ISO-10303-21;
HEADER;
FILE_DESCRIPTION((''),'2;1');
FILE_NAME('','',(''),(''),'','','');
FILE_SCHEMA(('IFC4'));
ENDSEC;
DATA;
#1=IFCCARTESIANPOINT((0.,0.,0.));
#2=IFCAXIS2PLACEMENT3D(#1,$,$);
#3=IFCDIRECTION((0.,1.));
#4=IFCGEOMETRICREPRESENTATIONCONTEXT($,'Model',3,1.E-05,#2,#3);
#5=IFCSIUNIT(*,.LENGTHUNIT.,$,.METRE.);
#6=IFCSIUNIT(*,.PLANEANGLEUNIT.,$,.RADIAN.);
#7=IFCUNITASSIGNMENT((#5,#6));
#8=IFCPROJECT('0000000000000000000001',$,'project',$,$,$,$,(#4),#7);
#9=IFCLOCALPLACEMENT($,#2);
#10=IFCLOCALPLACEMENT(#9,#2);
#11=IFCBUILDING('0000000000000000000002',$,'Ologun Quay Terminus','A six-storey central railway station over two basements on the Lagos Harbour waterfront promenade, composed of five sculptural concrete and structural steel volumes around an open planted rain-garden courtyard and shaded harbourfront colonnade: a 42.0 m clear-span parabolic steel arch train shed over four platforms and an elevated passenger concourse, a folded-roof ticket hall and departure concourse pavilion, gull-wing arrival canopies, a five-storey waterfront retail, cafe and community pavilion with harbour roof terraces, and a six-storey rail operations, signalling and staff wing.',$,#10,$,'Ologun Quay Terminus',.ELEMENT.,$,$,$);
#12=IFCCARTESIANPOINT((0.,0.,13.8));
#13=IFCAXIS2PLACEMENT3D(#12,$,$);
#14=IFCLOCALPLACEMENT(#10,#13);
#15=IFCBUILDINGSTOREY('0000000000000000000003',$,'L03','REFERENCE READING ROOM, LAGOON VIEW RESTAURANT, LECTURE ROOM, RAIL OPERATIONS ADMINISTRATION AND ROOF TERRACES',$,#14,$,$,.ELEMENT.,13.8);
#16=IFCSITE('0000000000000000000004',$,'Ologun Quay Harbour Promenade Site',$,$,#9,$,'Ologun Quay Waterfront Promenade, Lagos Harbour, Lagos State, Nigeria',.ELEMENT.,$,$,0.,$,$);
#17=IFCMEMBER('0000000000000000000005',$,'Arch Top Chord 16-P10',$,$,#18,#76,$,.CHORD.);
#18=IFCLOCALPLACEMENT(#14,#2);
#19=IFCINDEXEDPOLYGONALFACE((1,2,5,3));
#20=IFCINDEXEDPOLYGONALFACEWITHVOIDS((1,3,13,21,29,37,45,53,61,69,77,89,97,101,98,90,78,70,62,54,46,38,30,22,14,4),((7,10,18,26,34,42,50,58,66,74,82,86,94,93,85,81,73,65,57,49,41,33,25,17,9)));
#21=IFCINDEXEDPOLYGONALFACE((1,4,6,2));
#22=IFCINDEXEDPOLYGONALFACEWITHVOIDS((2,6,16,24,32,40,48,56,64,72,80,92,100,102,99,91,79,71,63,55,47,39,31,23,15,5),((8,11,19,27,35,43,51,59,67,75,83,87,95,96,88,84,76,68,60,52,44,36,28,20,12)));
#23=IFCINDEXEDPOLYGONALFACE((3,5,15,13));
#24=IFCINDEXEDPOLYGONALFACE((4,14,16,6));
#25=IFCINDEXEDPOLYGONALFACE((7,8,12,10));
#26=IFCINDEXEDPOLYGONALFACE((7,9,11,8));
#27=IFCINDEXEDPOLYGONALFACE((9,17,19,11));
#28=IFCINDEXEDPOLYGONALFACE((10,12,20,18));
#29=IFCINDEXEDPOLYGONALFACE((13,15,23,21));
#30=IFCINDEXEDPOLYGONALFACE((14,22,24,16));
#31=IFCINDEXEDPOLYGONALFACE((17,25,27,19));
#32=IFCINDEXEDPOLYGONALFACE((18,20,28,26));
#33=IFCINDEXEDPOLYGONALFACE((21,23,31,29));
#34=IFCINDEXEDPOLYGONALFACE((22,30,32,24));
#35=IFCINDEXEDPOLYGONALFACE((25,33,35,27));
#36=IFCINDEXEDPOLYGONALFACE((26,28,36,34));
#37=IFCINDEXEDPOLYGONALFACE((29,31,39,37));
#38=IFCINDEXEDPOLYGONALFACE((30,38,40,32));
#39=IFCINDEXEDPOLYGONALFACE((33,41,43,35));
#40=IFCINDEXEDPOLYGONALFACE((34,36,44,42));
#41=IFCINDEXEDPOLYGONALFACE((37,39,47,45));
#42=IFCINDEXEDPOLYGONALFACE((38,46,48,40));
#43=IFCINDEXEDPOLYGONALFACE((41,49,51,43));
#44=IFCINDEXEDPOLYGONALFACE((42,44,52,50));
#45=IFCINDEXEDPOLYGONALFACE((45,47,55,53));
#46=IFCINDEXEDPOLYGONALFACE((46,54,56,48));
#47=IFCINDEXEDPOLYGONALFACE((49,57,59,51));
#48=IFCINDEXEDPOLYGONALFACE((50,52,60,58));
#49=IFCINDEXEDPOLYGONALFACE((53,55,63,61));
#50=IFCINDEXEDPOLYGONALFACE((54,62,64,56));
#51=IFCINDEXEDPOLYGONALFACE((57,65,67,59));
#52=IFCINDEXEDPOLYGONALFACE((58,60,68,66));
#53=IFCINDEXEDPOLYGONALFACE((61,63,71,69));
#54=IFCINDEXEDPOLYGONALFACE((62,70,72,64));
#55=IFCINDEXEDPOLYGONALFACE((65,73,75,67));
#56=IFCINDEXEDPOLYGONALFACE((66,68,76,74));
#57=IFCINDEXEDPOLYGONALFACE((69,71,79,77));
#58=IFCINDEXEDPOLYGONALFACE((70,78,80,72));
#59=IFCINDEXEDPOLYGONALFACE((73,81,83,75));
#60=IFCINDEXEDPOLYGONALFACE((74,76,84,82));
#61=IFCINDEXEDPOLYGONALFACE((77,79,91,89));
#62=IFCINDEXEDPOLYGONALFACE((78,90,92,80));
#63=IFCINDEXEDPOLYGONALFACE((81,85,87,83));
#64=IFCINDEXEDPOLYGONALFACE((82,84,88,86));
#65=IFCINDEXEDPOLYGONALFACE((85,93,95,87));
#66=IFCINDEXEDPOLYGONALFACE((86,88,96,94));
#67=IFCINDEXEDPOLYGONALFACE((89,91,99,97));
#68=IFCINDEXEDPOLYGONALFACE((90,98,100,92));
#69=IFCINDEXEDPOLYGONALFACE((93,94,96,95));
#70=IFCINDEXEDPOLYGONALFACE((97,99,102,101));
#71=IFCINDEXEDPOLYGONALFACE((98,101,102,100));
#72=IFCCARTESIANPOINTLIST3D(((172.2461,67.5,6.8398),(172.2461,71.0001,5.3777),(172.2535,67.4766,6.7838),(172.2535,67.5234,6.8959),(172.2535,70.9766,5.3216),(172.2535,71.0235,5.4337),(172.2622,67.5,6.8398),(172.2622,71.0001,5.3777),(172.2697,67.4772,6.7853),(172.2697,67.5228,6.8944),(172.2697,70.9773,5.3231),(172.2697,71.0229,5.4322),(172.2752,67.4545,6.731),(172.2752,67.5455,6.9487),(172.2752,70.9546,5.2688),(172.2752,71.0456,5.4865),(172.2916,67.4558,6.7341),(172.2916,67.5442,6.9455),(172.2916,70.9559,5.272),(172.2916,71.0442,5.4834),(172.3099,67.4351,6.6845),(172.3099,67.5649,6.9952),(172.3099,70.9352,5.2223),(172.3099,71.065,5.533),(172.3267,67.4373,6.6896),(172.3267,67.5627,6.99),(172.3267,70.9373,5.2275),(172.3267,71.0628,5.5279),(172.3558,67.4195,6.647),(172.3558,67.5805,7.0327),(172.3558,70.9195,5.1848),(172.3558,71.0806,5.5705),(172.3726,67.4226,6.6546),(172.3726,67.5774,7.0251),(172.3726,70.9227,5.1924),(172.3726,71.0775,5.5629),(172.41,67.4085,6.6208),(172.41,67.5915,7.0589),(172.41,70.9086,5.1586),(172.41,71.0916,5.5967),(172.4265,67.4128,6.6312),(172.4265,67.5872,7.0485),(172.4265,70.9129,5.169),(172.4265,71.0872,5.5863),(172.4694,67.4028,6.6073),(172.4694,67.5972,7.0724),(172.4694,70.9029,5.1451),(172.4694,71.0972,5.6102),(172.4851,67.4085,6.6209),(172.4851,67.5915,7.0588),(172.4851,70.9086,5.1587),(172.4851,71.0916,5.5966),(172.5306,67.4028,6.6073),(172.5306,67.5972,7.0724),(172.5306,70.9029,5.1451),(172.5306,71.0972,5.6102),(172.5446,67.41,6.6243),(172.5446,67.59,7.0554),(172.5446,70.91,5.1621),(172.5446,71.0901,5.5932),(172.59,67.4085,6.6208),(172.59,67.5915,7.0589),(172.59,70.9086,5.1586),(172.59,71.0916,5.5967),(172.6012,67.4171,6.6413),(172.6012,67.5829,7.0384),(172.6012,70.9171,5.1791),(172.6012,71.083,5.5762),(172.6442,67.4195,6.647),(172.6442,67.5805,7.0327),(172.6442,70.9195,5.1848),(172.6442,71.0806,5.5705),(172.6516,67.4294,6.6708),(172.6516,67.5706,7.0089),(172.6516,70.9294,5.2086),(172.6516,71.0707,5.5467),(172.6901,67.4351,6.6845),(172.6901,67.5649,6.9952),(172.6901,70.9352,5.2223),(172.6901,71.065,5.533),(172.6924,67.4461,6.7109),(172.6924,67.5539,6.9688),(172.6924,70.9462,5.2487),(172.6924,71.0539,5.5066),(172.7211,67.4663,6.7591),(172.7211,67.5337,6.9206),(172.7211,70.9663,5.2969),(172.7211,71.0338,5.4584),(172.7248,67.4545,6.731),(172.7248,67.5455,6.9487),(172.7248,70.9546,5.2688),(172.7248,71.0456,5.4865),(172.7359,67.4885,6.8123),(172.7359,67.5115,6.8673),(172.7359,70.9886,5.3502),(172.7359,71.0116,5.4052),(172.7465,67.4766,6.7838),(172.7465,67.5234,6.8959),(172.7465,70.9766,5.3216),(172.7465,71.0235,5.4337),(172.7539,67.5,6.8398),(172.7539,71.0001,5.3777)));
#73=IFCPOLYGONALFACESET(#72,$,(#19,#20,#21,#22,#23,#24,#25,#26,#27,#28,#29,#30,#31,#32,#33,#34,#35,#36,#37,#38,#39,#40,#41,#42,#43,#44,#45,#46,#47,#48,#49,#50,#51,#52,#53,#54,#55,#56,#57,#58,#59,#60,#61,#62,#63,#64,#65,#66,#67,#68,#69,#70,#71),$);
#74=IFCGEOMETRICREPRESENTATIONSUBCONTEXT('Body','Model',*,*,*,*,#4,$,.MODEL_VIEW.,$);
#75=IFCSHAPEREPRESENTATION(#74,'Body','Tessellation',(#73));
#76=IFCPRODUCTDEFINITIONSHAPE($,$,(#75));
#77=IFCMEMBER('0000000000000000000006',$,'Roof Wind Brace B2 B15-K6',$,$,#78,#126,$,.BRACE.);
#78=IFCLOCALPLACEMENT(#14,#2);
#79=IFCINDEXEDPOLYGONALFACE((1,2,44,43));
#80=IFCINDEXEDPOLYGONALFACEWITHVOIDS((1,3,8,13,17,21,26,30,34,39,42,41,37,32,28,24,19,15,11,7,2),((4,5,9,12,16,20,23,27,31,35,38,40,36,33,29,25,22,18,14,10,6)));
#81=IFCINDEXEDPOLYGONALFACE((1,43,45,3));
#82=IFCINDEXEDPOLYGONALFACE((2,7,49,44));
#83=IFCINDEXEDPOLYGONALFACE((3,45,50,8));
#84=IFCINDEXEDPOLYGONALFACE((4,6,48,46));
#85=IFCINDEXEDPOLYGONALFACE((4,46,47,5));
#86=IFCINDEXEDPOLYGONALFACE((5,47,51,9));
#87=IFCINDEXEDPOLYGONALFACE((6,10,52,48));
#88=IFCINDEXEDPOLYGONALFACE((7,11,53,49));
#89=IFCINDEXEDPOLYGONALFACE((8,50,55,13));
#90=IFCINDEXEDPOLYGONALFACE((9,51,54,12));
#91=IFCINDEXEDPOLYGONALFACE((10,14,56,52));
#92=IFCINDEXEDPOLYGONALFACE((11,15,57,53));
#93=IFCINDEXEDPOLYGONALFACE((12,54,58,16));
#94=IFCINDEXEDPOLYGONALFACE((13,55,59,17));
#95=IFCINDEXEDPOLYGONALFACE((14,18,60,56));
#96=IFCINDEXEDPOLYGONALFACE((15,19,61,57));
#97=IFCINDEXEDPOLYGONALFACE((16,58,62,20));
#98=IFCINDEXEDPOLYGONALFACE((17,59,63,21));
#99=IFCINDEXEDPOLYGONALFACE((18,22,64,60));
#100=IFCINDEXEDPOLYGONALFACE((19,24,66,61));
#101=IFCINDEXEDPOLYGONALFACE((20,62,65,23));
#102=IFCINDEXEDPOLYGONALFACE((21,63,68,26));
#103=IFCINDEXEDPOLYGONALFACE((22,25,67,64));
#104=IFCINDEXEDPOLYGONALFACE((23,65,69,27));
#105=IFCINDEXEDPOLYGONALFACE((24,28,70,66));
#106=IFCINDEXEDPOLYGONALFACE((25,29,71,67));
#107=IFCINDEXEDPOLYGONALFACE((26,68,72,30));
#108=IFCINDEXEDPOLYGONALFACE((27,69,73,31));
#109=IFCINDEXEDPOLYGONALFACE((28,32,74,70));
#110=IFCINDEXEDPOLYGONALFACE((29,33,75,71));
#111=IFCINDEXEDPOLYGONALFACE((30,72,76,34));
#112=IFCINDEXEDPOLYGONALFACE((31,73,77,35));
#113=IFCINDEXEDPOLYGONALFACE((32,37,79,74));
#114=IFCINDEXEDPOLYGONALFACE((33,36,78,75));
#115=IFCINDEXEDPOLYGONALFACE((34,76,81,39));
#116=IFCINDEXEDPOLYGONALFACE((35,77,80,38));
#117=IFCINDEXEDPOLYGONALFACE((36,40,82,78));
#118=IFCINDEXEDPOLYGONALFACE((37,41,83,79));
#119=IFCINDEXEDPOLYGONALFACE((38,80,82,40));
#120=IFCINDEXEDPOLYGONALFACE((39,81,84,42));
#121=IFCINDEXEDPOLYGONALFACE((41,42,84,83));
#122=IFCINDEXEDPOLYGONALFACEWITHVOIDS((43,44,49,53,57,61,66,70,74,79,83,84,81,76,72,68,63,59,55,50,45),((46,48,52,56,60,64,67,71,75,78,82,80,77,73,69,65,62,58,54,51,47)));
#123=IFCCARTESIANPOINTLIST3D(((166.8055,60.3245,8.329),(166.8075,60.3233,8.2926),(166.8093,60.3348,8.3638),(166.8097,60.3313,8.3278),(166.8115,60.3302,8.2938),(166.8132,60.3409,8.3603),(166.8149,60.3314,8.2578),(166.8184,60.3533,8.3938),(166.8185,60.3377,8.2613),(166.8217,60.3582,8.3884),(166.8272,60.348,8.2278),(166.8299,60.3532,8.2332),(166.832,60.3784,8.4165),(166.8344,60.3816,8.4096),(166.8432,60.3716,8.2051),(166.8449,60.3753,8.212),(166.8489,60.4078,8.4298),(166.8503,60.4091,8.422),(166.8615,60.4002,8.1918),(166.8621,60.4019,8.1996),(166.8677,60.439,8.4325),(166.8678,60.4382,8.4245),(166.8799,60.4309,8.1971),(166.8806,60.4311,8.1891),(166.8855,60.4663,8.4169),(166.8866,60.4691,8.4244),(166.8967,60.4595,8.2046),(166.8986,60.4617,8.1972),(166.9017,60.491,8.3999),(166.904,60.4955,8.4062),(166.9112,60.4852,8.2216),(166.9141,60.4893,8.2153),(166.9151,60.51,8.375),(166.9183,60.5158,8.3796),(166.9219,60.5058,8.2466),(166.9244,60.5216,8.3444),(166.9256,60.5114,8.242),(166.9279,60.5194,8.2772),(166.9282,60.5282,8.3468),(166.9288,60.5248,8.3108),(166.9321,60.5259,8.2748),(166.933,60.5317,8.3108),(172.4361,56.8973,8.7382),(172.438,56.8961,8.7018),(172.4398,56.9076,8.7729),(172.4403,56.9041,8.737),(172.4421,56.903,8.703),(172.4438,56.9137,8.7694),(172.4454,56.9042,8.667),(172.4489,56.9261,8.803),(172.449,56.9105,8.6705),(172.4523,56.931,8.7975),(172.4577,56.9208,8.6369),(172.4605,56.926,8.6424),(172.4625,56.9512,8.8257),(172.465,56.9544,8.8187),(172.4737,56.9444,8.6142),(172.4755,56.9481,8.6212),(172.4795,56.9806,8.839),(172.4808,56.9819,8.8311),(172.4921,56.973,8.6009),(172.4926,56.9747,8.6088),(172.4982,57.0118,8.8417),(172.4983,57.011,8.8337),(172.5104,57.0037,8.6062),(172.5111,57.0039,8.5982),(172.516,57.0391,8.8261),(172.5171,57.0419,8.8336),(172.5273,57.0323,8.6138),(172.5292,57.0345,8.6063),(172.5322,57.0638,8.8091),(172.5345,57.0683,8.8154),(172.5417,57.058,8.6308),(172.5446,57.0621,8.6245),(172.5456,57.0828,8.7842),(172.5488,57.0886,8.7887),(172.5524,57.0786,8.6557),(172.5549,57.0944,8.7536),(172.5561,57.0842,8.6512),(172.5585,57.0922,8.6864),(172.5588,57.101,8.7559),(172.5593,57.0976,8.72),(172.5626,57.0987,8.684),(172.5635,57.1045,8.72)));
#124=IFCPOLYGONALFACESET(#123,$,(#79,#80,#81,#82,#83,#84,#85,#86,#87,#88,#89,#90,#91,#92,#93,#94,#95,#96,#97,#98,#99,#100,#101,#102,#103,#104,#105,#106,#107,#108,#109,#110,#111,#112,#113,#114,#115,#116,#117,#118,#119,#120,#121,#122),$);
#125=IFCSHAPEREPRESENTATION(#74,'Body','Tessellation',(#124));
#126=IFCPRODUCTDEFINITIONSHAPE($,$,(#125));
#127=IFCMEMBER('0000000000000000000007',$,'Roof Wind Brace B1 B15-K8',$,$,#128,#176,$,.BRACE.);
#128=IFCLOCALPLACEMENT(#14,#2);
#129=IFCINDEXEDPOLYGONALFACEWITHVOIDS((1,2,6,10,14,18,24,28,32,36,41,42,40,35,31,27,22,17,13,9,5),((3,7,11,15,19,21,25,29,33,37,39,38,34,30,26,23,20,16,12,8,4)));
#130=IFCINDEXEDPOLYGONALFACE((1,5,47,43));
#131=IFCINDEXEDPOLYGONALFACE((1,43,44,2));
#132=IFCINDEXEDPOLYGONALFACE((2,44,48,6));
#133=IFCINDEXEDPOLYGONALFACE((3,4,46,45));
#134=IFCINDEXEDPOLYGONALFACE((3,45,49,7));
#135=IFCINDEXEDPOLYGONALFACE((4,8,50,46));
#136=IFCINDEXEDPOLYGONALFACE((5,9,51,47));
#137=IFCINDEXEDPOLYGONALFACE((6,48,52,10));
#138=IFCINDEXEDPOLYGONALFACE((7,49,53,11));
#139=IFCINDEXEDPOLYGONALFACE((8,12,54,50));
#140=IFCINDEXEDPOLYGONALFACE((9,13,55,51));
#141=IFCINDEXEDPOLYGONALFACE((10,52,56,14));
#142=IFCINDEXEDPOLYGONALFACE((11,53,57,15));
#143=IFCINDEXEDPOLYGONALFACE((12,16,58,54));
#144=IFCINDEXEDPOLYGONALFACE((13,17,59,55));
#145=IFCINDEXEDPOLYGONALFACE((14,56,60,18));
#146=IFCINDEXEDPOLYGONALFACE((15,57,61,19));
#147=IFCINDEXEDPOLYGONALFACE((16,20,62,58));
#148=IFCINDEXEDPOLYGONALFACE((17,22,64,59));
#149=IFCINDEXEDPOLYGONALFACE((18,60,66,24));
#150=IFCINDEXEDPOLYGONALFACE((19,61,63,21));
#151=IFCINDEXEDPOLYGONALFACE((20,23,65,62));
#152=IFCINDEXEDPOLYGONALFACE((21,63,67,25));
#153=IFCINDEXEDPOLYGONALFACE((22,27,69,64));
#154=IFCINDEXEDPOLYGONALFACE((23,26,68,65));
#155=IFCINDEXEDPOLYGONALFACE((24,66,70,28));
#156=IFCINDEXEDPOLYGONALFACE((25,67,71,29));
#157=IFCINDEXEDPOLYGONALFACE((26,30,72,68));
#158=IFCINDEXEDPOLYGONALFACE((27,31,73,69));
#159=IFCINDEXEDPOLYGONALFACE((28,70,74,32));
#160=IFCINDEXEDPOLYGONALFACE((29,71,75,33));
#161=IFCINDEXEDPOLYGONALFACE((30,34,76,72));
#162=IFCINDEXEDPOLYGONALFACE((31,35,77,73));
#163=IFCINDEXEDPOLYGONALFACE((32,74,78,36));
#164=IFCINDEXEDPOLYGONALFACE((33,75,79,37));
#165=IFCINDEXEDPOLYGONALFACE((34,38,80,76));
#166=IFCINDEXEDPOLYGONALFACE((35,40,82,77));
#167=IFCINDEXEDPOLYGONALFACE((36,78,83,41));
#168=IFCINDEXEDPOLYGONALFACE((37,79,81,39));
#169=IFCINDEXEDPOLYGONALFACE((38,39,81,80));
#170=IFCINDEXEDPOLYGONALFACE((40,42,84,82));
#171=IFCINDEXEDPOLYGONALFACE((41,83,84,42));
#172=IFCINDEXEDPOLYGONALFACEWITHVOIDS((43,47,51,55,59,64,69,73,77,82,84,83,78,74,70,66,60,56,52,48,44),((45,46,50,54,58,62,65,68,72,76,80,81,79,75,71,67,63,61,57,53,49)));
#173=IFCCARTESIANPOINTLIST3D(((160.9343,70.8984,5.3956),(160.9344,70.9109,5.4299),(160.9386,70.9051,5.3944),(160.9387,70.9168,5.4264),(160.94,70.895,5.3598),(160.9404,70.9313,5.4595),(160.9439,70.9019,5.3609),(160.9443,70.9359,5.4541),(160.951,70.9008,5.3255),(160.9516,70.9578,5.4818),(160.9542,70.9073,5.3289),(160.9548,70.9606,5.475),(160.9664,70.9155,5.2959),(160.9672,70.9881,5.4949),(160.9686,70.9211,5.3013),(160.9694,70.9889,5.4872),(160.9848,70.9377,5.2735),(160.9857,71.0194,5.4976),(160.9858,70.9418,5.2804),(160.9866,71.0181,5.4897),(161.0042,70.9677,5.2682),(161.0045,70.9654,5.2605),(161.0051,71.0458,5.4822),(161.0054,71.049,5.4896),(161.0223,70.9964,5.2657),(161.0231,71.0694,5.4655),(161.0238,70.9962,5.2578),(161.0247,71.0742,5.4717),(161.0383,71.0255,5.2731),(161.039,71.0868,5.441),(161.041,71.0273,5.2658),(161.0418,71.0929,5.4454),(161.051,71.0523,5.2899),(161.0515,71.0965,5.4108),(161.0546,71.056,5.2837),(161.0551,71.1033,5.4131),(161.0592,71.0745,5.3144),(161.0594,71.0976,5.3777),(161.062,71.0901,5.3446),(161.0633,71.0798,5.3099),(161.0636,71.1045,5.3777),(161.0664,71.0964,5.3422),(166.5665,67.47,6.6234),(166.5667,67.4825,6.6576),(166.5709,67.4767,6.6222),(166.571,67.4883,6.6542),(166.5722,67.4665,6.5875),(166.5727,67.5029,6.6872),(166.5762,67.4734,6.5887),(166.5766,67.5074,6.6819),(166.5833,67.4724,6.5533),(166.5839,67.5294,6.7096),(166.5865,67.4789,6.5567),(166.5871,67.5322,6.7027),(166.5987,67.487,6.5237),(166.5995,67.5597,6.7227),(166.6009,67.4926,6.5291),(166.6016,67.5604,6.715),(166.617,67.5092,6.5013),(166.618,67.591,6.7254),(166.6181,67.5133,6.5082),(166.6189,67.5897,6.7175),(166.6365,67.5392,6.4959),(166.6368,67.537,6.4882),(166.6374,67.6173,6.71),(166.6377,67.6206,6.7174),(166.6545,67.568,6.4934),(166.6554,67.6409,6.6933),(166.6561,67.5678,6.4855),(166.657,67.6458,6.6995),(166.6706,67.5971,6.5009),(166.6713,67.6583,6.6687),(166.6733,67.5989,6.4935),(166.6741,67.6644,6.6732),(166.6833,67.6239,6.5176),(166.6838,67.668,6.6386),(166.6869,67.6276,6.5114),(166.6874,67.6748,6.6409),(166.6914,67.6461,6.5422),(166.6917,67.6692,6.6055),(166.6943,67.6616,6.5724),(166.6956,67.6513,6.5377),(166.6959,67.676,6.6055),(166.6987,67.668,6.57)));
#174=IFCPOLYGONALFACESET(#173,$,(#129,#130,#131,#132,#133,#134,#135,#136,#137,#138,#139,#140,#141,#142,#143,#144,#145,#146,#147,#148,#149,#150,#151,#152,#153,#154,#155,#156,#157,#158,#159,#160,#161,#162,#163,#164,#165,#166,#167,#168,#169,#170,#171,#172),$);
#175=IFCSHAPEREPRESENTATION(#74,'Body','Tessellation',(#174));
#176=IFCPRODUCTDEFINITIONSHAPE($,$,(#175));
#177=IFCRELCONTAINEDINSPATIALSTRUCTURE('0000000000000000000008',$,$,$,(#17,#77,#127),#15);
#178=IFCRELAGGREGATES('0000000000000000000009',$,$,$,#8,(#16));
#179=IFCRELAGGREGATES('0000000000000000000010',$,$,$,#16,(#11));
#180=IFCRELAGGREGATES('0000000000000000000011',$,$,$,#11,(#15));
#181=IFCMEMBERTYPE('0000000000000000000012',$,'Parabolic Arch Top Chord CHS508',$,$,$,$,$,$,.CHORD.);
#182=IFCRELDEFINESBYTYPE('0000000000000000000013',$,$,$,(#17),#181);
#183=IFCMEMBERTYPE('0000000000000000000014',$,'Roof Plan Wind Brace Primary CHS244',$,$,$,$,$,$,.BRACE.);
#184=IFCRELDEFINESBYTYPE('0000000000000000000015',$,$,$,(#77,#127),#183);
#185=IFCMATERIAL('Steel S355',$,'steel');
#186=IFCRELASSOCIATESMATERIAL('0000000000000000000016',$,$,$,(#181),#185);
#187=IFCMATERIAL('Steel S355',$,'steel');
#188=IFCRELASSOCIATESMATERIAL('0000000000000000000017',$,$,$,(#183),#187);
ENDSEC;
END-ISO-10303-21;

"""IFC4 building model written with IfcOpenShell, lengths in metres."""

from ifc_helpers import new_model, si_unit, direction, frame, origin, origin_2d, place, context, subcontext, project, spatial, hollow_circle, extrude, material, material_profile, profile_set, type_object, element, save


model = new_model("IFC4")

# Units and contexts
model_context = context("Model", 3, precision=1e-05, world=origin(), true_north=direction((0.0, 1.0)))
body_context = subcontext(model_context, "Body", "Model", "MODEL_VIEW")
ifc_project = project(units=[si_unit("LENGTHUNIT", "METRE"), si_unit("PLANEANGLEUNIT", "RADIAN")], contexts=[model_context])

# Site, building, storey
site_placement = place(None, origin())
site = spatial("IfcSite", under=ifc_project, at=site_placement, Name="Ologun Quay Harbour Promenade Site", LongName="Ologun Quay Waterfront Promenade, Lagos Harbour, Lagos State, Nigeria", CompositionType="ELEMENT", RefElevation=0.0)
building_placement = place(site_placement, origin())
building = spatial("IfcBuilding", under=site, at=building_placement, Name="Ologun Quay Terminus", Description="A six-storey central railway station over two basements on the Lagos Harbour waterfront promenade, composed of five sculptural concrete and structural steel volumes around an open planted rain-garden courtyard and shaded harbourfront colonnade: a 42.0 m clear-span parabolic steel arch train shed over four platforms and an elevated passenger concourse, a folded-roof ticket hall and departure concourse pavilion, gull-wing arrival canopies, a five-storey waterfront retail, cafe and community pavilion with harbour roof terraces, and a six-storey rail operations, signalling and staff wing.", LongName="Ologun Quay Terminus", CompositionType="ELEMENT")
storey_placement = place(building_placement, frame((0.0, 0.0, 13.8)))
storey = spatial("IfcBuildingStorey", under=building, at=storey_placement, Name="L03", Description="REFERENCE READING ROOM, LAGOON VIEW RESTAURANT, LECTURE ROOM, RAIL OPERATIONS ADMINISTRATION AND ROOF TERRACES", CompositionType="ELEMENT", Elevation=13.8)

# Members
ifc_material_1 = material(Name="Steel S355", Category="steel")
ifc_material_profile_1 = material_profile(ifc_material_1, hollow_circle(Radius=0.2539, WallThickness=0.0161, at=origin_2d()), Name="CHS 508x16")
ifc_profile_set_1 = profile_set([ifc_material_profile_1], Name="Steel S355")
member_type_1 = type_object("IfcMemberType", Name="Parabolic Arch Top Chord CHS508", PredefinedType="CHORD", material=ifc_profile_set_1)
member_1_placement = place(storey_placement, frame((172.5, 67.5, 6.8398), z_axis=(0.0, 0.922719, -0.385474), x_axis=(-1.0, 0.0, 0.0)))
element("IfcMember", 1, at=member_1_placement, inside=storey, type_object=member_type_1, Name="Arch Top Chord 16-P10", PredefinedType="CHORD", context=body_context, shape_type="SweptSolid", body=[
    extrude(hollow_circle(Radius=0.2539, WallThickness=0.0161, at=origin_2d()), origin(), (0.0, 0.0, 1.0), 3.7932),
])
ifc_material_2 = material(Name="Steel S355", Category="steel")
ifc_material_profile_2 = material_profile(ifc_material_2, hollow_circle(Radius=0.1223, WallThickness=0.0081, at=origin_2d()), Name="CHS 244.5x8")
ifc_profile_set_2 = profile_set([ifc_material_profile_2], Name="Steel S355")
member_type_2 = type_object("IfcMemberType", Name="Roof Plan Wind Brace Primary CHS244", PredefinedType="BRACE", material=ifc_profile_set_2)
member_2_placement = place(storey_placement, frame((166.8694, 60.4272, 8.3108), z_axis=(0.852563, -0.518939, 0.061956), x_axis=(0.519938, 0.854204, 0.0)))
element("IfcMember", 2, at=member_2_placement, inside=storey, type_object=member_type_2, Name="Roof Wind Brace B2 B15-K6", PredefinedType="BRACE", context=body_context, shape_type="SweptSolid", body=[
    extrude(hollow_circle(Radius=0.1223, WallThickness=0.0081, at=origin_2d()), origin(), (0.0, 0.0, 1.0), 6.6042),
])
for number, where, z_axis, x_axis, name in (
    (3, (161.0, 71.0, 5.3777), (0.839758, -0.511171, 0.183058), (0.519958, 0.854192, 0.0), "Roof Wind Brace B1 B15-K8"),
):
    element("IfcMember", number, at=place(storey_placement, frame(where, z_axis=z_axis, x_axis=x_axis)), inside=storey, type_object=member_type_2, Name=name, PredefinedType="BRACE", context=body_context, shape_type="SweptSolid", body=[
        extrude(hollow_circle(Radius=0.1223, WallThickness=0.0081, at=origin_2d()), origin(), (0.0, 0.0, 1.0), 6.707),
    ])

save(model, "model.ifc")
